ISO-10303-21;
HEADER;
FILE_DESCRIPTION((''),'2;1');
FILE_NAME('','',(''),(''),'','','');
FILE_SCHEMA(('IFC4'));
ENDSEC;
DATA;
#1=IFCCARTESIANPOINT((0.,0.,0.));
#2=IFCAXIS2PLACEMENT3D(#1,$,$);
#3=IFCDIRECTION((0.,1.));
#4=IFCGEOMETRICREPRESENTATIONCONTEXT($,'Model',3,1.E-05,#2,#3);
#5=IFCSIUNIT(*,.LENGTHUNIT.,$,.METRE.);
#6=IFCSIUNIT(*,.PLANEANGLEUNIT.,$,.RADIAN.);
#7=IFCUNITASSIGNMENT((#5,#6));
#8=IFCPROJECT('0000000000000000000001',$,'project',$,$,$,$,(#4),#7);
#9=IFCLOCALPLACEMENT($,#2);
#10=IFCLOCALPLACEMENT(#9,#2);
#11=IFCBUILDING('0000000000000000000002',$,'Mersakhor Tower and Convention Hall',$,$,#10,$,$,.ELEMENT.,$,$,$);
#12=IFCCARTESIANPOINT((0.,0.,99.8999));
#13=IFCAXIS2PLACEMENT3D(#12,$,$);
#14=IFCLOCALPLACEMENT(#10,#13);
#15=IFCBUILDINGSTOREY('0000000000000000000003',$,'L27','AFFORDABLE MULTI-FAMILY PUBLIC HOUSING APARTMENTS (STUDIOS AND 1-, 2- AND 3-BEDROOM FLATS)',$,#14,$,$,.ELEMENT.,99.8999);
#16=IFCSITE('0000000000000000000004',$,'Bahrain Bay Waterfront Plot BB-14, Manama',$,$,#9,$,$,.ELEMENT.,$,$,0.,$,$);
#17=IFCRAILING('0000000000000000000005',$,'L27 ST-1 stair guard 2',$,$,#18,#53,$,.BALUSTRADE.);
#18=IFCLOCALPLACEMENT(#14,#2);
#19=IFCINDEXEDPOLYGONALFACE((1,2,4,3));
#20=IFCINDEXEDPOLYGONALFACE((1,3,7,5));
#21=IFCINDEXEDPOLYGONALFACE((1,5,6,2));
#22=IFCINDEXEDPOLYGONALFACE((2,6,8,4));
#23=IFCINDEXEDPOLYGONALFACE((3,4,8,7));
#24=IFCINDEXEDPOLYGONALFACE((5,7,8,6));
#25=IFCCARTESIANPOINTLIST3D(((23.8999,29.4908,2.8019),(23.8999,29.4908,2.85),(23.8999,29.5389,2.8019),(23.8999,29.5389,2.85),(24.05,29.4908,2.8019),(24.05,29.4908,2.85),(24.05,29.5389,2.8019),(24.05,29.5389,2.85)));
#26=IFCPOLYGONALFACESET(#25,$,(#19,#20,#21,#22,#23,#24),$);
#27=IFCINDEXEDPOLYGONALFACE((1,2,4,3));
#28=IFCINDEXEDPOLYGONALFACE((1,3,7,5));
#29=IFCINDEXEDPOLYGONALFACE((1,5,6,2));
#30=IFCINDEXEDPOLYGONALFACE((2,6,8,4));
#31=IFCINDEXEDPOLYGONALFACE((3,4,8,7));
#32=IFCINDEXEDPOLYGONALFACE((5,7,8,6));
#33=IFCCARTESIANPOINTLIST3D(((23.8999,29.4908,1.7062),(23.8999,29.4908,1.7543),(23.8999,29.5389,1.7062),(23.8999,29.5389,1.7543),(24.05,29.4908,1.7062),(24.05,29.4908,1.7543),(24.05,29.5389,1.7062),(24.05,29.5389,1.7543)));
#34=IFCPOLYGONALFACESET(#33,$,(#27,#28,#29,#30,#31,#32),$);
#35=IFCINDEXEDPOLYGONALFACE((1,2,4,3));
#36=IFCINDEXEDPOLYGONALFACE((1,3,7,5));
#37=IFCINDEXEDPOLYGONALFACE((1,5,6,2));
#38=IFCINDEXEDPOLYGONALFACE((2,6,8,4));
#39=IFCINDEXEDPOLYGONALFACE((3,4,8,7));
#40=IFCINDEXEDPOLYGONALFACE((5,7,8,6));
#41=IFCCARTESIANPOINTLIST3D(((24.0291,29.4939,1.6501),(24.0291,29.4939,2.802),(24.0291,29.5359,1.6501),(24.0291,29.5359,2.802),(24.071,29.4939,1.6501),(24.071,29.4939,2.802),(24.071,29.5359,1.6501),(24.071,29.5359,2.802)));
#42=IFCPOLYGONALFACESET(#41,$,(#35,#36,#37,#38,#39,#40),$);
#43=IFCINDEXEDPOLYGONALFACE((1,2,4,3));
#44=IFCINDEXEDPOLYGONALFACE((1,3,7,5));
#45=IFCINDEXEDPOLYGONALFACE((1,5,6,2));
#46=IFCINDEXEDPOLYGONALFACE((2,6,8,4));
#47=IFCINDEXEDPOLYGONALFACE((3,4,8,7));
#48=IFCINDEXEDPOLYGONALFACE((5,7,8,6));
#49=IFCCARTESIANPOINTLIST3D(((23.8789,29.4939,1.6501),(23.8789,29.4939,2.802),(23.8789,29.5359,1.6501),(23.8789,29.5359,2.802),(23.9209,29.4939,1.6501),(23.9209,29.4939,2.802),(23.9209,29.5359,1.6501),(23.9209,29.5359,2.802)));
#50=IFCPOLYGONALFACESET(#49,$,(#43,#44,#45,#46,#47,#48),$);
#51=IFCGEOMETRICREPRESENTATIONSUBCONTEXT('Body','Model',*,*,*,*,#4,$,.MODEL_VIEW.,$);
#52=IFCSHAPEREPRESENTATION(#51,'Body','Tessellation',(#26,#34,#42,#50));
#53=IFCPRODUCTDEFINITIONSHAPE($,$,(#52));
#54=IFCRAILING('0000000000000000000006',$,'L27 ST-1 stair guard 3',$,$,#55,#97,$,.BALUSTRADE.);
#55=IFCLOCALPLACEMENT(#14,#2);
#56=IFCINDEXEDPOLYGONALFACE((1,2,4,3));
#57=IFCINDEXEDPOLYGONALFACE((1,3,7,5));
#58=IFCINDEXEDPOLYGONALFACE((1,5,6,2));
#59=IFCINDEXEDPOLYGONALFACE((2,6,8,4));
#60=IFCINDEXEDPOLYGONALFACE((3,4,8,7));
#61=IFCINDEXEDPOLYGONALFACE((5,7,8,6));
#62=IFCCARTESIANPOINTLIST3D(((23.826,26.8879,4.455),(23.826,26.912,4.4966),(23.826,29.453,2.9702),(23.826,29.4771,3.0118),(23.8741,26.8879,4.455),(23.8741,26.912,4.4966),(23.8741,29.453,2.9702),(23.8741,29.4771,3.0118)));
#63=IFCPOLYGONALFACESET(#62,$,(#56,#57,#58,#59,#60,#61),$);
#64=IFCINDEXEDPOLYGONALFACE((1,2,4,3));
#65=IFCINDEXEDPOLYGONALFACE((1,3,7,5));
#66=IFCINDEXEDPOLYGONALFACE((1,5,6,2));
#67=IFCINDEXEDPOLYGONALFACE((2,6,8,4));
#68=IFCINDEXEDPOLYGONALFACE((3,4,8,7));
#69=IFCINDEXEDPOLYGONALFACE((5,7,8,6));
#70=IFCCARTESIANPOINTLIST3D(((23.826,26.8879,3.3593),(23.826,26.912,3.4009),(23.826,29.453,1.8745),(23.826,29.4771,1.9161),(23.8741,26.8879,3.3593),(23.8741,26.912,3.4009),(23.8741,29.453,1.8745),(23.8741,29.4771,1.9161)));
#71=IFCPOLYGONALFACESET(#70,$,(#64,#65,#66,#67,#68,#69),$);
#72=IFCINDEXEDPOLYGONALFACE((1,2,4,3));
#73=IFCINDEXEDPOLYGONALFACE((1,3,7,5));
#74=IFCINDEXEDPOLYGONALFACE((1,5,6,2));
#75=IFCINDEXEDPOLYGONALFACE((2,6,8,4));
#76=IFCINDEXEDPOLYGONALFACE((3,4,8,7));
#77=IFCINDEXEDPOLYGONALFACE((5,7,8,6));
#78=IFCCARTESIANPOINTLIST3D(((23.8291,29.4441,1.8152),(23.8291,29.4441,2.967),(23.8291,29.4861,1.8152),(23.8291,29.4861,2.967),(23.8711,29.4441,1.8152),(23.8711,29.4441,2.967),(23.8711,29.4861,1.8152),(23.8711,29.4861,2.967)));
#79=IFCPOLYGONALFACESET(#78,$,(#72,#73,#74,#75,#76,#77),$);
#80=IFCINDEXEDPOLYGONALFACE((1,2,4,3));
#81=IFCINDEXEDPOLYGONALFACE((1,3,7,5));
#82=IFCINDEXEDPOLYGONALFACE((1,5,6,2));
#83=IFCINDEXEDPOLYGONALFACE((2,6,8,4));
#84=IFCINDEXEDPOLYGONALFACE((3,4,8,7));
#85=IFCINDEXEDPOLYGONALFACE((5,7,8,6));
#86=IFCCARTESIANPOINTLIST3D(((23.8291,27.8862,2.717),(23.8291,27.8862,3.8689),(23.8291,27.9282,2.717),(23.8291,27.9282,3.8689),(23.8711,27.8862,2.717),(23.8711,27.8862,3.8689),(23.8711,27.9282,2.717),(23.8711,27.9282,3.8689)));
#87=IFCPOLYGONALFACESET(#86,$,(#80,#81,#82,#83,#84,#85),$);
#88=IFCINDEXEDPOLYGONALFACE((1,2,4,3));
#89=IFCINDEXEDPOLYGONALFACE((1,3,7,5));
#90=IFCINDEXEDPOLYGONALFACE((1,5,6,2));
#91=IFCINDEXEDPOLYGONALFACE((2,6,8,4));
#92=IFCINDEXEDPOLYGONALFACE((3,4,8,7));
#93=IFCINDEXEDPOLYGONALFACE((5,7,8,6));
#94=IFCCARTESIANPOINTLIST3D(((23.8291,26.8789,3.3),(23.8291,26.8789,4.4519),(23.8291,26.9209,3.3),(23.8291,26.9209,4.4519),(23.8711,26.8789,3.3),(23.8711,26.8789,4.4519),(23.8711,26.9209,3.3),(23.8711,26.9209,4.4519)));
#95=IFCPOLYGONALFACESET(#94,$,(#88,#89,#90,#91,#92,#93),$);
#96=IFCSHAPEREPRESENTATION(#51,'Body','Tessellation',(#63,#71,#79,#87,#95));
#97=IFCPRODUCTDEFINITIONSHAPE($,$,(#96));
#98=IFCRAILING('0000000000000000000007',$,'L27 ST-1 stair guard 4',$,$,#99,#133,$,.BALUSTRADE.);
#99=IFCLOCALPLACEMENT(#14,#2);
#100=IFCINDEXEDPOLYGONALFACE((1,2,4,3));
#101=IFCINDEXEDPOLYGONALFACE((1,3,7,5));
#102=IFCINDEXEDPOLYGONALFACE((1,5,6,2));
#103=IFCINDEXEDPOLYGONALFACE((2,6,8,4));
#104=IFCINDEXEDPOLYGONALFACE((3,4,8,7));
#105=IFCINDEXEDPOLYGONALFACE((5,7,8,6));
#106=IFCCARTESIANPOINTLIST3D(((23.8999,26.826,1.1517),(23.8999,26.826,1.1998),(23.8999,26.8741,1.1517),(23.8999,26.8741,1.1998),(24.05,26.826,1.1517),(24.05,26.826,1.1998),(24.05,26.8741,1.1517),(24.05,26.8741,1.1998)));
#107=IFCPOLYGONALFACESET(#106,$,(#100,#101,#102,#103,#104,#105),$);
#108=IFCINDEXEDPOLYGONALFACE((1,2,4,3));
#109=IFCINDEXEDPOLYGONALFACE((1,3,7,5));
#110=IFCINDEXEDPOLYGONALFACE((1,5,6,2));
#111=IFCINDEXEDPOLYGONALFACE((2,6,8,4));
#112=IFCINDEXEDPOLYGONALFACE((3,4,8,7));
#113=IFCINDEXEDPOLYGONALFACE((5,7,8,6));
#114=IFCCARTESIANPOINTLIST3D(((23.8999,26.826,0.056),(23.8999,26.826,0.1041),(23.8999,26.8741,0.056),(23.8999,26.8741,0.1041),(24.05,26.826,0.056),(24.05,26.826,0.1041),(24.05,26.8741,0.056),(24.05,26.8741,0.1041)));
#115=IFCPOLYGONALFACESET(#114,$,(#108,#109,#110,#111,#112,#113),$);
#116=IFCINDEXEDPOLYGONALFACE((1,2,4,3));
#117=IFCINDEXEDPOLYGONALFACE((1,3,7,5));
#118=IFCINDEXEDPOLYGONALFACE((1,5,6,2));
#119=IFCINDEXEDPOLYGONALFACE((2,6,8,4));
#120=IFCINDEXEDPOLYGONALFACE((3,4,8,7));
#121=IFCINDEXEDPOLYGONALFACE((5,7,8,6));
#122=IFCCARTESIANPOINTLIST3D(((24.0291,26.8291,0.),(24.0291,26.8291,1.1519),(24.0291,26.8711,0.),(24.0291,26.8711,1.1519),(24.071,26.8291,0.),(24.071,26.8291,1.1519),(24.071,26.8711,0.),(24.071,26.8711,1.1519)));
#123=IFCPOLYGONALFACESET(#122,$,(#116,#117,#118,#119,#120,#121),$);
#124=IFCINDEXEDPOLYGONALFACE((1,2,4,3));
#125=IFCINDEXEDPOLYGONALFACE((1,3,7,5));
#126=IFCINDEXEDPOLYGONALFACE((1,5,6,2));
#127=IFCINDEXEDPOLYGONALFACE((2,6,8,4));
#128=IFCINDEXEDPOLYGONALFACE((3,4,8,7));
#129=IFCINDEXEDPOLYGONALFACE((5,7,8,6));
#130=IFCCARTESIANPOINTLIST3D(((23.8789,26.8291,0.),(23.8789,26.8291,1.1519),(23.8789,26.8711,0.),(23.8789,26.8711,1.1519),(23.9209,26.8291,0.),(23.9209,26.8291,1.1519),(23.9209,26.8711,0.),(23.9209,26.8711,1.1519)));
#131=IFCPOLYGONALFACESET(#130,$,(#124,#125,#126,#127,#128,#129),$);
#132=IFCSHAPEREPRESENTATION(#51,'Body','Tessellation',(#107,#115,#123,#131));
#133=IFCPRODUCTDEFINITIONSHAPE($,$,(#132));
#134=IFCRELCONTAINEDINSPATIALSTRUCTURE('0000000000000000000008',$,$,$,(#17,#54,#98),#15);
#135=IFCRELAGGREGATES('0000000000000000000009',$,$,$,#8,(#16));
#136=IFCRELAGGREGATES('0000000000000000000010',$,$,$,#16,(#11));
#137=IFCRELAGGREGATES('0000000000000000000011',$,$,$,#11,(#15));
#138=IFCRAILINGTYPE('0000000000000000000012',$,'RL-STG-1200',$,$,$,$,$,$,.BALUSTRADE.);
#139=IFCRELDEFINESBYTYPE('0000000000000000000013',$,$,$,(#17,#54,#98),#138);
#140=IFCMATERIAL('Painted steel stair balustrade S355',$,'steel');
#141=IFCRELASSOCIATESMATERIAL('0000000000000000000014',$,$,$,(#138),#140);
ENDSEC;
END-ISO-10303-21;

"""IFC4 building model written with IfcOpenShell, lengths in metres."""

from ifc_helpers import new_model, si_unit, direction, frame, origin, origin_2d, place, context, subcontext, project, spatial, rectangle, extrude, material, type_object, element, save


model = new_model("IFC4")

# Units and contexts
model_context = context("Model", 3, precision=1e-05, world=origin(), true_north=direction((0.0, 1.0)))
body_context = subcontext(model_context, "Body", "Model", "MODEL_VIEW")
ifc_project = project(units=[si_unit("LENGTHUNIT", "METRE"), si_unit("PLANEANGLEUNIT", "RADIAN")], contexts=[model_context])

# Site, building, storey
site_placement = place(None, origin())
site = spatial("IfcSite", under=ifc_project, at=site_placement, Name="Bahrain Bay Waterfront Plot BB-14, Manama", CompositionType="ELEMENT", RefElevation=0.0)
building_placement = place(site_placement, origin())
building = spatial("IfcBuilding", under=site, at=building_placement, Name="Mersakhor Tower and Convention Hall", CompositionType="ELEMENT")
storey_placement = place(building_placement, frame((0.0, 0.0, 99.8999)))
storey = spatial("IfcBuildingStorey", under=building, at=storey_placement, Name="L27", Description="AFFORDABLE MULTI-FAMILY PUBLIC HOUSING APARTMENTS (STUDIOS AND 1-, 2- AND 3-BEDROOM FLATS)", CompositionType="ELEMENT", Elevation=99.8999)

# Railings
ifc_material_1 = material(Name="Painted steel stair balustrade S355", Category="steel")
railing_type_1 = type_object("IfcRailingType", Name="RL-STG-1200", PredefinedType="BALUSTRADE", material=ifc_material_1)
railing_1_placement = place(storey_placement, frame((24.05, 29.5149, 1.6501)))
element("IfcRailing", 1, at=railing_1_placement, inside=storey, type_object=railing_type_1, Name="L27 ST-1 stair guard 2", PredefinedType="BALUSTRADE", context=body_context, shape_type="SweptSolid", body=[
    extrude(rectangle(XDim=0.0481, YDim=0.0481, at=origin_2d()), frame((0.0, 0.0, 1.1758), z_axis=(-1.0, 0.0, 0.0), x_axis=(0.0, -1.0, 0.0)), (0.0, 0.0, 1.0), 0.1501),
    extrude(rectangle(XDim=0.0481, YDim=0.0481, at=origin_2d()), frame((0.0, 0.0, 0.0801), z_axis=(-1.0, 0.0, 0.0), x_axis=(0.0, -1.0, 0.0)), (0.0, 0.0, 1.0), 0.1501),
    extrude(rectangle(XDim=0.042, YDim=0.042, at=origin_2d()), origin(), (0.0, 0.0, 1.0), 1.1519),
    extrude(rectangle(XDim=0.042, YDim=0.042, at=origin_2d()), frame((-0.1501, 0.0, 0.0)), (0.0, 0.0, 1.0), 1.1519),
])
railing_2_placement = place(storey_placement, frame((23.8501, 29.4651, 1.8152)))
element("IfcRailing", 2, at=railing_2_placement, inside=storey, type_object=railing_type_1, Name="L27 ST-1 stair guard 3", PredefinedType="BALUSTRADE", context=body_context, shape_type="SweptSolid", body=[
    extrude(rectangle(XDim=0.0481, YDim=0.0481, at=origin_2d()), frame((0.0, 0.0, 1.1758), z_axis=(0.0, -0.865462, 0.500975), x_axis=(1.0, 0.0, 0.0)), (0.0, 0.0, 1.0), 2.9639),
    extrude(rectangle(XDim=0.0481, YDim=0.0481, at=origin_2d()), frame((0.0, 0.0, 0.0801), z_axis=(0.0, -0.865462, 0.500975), x_axis=(1.0, 0.0, 0.0)), (0.0, 0.0, 1.0), 2.9639),
    extrude(rectangle(XDim=0.042, YDim=0.042, at=origin_2d()), origin(), (0.0, 0.0, 1.0), 1.1519),
    extrude(rectangle(XDim=0.042, YDim=0.042, at=origin_2d()), frame((0.0, -1.5579, 0.9019)), (0.0, 0.0, 1.0), 1.1519),
    extrude(rectangle(XDim=0.042, YDim=0.042, at=origin_2d()), frame((0.0, -2.5652, 1.4849)), (0.0, 0.0, 1.0), 1.1519),
])
railing_3_placement = place(storey_placement, frame((24.05, 26.8501, 0.0)))
element("IfcRailing", 3, at=railing_3_placement, inside=storey, type_object=railing_type_1, Name="L27 ST-1 stair guard 4", PredefinedType="BALUSTRADE", context=body_context, shape_type="SweptSolid", body=[
    extrude(rectangle(XDim=0.0481, YDim=0.0481, at=origin_2d()), frame((0.0, 0.0, 1.1758), z_axis=(-1.0, 0.0, 0.0), x_axis=(0.0, -1.0, 0.0)), (0.0, 0.0, 1.0), 0.1501),
    extrude(rectangle(XDim=0.0481, YDim=0.0481, at=origin_2d()), frame((0.0, 0.0, 0.0801), z_axis=(-1.0, 0.0, 0.0), x_axis=(0.0, -1.0, 0.0)), (0.0, 0.0, 1.0), 0.1501),
    extrude(rectangle(XDim=0.042, YDim=0.042, at=origin_2d()), origin(), (0.0, 0.0, 1.0), 1.1519),
    extrude(rectangle(XDim=0.042, YDim=0.042, at=origin_2d()), frame((-0.1501, 0.0, 0.0)), (0.0, 0.0, 1.0), 1.1519),
])

save(model, "model.ifc")
